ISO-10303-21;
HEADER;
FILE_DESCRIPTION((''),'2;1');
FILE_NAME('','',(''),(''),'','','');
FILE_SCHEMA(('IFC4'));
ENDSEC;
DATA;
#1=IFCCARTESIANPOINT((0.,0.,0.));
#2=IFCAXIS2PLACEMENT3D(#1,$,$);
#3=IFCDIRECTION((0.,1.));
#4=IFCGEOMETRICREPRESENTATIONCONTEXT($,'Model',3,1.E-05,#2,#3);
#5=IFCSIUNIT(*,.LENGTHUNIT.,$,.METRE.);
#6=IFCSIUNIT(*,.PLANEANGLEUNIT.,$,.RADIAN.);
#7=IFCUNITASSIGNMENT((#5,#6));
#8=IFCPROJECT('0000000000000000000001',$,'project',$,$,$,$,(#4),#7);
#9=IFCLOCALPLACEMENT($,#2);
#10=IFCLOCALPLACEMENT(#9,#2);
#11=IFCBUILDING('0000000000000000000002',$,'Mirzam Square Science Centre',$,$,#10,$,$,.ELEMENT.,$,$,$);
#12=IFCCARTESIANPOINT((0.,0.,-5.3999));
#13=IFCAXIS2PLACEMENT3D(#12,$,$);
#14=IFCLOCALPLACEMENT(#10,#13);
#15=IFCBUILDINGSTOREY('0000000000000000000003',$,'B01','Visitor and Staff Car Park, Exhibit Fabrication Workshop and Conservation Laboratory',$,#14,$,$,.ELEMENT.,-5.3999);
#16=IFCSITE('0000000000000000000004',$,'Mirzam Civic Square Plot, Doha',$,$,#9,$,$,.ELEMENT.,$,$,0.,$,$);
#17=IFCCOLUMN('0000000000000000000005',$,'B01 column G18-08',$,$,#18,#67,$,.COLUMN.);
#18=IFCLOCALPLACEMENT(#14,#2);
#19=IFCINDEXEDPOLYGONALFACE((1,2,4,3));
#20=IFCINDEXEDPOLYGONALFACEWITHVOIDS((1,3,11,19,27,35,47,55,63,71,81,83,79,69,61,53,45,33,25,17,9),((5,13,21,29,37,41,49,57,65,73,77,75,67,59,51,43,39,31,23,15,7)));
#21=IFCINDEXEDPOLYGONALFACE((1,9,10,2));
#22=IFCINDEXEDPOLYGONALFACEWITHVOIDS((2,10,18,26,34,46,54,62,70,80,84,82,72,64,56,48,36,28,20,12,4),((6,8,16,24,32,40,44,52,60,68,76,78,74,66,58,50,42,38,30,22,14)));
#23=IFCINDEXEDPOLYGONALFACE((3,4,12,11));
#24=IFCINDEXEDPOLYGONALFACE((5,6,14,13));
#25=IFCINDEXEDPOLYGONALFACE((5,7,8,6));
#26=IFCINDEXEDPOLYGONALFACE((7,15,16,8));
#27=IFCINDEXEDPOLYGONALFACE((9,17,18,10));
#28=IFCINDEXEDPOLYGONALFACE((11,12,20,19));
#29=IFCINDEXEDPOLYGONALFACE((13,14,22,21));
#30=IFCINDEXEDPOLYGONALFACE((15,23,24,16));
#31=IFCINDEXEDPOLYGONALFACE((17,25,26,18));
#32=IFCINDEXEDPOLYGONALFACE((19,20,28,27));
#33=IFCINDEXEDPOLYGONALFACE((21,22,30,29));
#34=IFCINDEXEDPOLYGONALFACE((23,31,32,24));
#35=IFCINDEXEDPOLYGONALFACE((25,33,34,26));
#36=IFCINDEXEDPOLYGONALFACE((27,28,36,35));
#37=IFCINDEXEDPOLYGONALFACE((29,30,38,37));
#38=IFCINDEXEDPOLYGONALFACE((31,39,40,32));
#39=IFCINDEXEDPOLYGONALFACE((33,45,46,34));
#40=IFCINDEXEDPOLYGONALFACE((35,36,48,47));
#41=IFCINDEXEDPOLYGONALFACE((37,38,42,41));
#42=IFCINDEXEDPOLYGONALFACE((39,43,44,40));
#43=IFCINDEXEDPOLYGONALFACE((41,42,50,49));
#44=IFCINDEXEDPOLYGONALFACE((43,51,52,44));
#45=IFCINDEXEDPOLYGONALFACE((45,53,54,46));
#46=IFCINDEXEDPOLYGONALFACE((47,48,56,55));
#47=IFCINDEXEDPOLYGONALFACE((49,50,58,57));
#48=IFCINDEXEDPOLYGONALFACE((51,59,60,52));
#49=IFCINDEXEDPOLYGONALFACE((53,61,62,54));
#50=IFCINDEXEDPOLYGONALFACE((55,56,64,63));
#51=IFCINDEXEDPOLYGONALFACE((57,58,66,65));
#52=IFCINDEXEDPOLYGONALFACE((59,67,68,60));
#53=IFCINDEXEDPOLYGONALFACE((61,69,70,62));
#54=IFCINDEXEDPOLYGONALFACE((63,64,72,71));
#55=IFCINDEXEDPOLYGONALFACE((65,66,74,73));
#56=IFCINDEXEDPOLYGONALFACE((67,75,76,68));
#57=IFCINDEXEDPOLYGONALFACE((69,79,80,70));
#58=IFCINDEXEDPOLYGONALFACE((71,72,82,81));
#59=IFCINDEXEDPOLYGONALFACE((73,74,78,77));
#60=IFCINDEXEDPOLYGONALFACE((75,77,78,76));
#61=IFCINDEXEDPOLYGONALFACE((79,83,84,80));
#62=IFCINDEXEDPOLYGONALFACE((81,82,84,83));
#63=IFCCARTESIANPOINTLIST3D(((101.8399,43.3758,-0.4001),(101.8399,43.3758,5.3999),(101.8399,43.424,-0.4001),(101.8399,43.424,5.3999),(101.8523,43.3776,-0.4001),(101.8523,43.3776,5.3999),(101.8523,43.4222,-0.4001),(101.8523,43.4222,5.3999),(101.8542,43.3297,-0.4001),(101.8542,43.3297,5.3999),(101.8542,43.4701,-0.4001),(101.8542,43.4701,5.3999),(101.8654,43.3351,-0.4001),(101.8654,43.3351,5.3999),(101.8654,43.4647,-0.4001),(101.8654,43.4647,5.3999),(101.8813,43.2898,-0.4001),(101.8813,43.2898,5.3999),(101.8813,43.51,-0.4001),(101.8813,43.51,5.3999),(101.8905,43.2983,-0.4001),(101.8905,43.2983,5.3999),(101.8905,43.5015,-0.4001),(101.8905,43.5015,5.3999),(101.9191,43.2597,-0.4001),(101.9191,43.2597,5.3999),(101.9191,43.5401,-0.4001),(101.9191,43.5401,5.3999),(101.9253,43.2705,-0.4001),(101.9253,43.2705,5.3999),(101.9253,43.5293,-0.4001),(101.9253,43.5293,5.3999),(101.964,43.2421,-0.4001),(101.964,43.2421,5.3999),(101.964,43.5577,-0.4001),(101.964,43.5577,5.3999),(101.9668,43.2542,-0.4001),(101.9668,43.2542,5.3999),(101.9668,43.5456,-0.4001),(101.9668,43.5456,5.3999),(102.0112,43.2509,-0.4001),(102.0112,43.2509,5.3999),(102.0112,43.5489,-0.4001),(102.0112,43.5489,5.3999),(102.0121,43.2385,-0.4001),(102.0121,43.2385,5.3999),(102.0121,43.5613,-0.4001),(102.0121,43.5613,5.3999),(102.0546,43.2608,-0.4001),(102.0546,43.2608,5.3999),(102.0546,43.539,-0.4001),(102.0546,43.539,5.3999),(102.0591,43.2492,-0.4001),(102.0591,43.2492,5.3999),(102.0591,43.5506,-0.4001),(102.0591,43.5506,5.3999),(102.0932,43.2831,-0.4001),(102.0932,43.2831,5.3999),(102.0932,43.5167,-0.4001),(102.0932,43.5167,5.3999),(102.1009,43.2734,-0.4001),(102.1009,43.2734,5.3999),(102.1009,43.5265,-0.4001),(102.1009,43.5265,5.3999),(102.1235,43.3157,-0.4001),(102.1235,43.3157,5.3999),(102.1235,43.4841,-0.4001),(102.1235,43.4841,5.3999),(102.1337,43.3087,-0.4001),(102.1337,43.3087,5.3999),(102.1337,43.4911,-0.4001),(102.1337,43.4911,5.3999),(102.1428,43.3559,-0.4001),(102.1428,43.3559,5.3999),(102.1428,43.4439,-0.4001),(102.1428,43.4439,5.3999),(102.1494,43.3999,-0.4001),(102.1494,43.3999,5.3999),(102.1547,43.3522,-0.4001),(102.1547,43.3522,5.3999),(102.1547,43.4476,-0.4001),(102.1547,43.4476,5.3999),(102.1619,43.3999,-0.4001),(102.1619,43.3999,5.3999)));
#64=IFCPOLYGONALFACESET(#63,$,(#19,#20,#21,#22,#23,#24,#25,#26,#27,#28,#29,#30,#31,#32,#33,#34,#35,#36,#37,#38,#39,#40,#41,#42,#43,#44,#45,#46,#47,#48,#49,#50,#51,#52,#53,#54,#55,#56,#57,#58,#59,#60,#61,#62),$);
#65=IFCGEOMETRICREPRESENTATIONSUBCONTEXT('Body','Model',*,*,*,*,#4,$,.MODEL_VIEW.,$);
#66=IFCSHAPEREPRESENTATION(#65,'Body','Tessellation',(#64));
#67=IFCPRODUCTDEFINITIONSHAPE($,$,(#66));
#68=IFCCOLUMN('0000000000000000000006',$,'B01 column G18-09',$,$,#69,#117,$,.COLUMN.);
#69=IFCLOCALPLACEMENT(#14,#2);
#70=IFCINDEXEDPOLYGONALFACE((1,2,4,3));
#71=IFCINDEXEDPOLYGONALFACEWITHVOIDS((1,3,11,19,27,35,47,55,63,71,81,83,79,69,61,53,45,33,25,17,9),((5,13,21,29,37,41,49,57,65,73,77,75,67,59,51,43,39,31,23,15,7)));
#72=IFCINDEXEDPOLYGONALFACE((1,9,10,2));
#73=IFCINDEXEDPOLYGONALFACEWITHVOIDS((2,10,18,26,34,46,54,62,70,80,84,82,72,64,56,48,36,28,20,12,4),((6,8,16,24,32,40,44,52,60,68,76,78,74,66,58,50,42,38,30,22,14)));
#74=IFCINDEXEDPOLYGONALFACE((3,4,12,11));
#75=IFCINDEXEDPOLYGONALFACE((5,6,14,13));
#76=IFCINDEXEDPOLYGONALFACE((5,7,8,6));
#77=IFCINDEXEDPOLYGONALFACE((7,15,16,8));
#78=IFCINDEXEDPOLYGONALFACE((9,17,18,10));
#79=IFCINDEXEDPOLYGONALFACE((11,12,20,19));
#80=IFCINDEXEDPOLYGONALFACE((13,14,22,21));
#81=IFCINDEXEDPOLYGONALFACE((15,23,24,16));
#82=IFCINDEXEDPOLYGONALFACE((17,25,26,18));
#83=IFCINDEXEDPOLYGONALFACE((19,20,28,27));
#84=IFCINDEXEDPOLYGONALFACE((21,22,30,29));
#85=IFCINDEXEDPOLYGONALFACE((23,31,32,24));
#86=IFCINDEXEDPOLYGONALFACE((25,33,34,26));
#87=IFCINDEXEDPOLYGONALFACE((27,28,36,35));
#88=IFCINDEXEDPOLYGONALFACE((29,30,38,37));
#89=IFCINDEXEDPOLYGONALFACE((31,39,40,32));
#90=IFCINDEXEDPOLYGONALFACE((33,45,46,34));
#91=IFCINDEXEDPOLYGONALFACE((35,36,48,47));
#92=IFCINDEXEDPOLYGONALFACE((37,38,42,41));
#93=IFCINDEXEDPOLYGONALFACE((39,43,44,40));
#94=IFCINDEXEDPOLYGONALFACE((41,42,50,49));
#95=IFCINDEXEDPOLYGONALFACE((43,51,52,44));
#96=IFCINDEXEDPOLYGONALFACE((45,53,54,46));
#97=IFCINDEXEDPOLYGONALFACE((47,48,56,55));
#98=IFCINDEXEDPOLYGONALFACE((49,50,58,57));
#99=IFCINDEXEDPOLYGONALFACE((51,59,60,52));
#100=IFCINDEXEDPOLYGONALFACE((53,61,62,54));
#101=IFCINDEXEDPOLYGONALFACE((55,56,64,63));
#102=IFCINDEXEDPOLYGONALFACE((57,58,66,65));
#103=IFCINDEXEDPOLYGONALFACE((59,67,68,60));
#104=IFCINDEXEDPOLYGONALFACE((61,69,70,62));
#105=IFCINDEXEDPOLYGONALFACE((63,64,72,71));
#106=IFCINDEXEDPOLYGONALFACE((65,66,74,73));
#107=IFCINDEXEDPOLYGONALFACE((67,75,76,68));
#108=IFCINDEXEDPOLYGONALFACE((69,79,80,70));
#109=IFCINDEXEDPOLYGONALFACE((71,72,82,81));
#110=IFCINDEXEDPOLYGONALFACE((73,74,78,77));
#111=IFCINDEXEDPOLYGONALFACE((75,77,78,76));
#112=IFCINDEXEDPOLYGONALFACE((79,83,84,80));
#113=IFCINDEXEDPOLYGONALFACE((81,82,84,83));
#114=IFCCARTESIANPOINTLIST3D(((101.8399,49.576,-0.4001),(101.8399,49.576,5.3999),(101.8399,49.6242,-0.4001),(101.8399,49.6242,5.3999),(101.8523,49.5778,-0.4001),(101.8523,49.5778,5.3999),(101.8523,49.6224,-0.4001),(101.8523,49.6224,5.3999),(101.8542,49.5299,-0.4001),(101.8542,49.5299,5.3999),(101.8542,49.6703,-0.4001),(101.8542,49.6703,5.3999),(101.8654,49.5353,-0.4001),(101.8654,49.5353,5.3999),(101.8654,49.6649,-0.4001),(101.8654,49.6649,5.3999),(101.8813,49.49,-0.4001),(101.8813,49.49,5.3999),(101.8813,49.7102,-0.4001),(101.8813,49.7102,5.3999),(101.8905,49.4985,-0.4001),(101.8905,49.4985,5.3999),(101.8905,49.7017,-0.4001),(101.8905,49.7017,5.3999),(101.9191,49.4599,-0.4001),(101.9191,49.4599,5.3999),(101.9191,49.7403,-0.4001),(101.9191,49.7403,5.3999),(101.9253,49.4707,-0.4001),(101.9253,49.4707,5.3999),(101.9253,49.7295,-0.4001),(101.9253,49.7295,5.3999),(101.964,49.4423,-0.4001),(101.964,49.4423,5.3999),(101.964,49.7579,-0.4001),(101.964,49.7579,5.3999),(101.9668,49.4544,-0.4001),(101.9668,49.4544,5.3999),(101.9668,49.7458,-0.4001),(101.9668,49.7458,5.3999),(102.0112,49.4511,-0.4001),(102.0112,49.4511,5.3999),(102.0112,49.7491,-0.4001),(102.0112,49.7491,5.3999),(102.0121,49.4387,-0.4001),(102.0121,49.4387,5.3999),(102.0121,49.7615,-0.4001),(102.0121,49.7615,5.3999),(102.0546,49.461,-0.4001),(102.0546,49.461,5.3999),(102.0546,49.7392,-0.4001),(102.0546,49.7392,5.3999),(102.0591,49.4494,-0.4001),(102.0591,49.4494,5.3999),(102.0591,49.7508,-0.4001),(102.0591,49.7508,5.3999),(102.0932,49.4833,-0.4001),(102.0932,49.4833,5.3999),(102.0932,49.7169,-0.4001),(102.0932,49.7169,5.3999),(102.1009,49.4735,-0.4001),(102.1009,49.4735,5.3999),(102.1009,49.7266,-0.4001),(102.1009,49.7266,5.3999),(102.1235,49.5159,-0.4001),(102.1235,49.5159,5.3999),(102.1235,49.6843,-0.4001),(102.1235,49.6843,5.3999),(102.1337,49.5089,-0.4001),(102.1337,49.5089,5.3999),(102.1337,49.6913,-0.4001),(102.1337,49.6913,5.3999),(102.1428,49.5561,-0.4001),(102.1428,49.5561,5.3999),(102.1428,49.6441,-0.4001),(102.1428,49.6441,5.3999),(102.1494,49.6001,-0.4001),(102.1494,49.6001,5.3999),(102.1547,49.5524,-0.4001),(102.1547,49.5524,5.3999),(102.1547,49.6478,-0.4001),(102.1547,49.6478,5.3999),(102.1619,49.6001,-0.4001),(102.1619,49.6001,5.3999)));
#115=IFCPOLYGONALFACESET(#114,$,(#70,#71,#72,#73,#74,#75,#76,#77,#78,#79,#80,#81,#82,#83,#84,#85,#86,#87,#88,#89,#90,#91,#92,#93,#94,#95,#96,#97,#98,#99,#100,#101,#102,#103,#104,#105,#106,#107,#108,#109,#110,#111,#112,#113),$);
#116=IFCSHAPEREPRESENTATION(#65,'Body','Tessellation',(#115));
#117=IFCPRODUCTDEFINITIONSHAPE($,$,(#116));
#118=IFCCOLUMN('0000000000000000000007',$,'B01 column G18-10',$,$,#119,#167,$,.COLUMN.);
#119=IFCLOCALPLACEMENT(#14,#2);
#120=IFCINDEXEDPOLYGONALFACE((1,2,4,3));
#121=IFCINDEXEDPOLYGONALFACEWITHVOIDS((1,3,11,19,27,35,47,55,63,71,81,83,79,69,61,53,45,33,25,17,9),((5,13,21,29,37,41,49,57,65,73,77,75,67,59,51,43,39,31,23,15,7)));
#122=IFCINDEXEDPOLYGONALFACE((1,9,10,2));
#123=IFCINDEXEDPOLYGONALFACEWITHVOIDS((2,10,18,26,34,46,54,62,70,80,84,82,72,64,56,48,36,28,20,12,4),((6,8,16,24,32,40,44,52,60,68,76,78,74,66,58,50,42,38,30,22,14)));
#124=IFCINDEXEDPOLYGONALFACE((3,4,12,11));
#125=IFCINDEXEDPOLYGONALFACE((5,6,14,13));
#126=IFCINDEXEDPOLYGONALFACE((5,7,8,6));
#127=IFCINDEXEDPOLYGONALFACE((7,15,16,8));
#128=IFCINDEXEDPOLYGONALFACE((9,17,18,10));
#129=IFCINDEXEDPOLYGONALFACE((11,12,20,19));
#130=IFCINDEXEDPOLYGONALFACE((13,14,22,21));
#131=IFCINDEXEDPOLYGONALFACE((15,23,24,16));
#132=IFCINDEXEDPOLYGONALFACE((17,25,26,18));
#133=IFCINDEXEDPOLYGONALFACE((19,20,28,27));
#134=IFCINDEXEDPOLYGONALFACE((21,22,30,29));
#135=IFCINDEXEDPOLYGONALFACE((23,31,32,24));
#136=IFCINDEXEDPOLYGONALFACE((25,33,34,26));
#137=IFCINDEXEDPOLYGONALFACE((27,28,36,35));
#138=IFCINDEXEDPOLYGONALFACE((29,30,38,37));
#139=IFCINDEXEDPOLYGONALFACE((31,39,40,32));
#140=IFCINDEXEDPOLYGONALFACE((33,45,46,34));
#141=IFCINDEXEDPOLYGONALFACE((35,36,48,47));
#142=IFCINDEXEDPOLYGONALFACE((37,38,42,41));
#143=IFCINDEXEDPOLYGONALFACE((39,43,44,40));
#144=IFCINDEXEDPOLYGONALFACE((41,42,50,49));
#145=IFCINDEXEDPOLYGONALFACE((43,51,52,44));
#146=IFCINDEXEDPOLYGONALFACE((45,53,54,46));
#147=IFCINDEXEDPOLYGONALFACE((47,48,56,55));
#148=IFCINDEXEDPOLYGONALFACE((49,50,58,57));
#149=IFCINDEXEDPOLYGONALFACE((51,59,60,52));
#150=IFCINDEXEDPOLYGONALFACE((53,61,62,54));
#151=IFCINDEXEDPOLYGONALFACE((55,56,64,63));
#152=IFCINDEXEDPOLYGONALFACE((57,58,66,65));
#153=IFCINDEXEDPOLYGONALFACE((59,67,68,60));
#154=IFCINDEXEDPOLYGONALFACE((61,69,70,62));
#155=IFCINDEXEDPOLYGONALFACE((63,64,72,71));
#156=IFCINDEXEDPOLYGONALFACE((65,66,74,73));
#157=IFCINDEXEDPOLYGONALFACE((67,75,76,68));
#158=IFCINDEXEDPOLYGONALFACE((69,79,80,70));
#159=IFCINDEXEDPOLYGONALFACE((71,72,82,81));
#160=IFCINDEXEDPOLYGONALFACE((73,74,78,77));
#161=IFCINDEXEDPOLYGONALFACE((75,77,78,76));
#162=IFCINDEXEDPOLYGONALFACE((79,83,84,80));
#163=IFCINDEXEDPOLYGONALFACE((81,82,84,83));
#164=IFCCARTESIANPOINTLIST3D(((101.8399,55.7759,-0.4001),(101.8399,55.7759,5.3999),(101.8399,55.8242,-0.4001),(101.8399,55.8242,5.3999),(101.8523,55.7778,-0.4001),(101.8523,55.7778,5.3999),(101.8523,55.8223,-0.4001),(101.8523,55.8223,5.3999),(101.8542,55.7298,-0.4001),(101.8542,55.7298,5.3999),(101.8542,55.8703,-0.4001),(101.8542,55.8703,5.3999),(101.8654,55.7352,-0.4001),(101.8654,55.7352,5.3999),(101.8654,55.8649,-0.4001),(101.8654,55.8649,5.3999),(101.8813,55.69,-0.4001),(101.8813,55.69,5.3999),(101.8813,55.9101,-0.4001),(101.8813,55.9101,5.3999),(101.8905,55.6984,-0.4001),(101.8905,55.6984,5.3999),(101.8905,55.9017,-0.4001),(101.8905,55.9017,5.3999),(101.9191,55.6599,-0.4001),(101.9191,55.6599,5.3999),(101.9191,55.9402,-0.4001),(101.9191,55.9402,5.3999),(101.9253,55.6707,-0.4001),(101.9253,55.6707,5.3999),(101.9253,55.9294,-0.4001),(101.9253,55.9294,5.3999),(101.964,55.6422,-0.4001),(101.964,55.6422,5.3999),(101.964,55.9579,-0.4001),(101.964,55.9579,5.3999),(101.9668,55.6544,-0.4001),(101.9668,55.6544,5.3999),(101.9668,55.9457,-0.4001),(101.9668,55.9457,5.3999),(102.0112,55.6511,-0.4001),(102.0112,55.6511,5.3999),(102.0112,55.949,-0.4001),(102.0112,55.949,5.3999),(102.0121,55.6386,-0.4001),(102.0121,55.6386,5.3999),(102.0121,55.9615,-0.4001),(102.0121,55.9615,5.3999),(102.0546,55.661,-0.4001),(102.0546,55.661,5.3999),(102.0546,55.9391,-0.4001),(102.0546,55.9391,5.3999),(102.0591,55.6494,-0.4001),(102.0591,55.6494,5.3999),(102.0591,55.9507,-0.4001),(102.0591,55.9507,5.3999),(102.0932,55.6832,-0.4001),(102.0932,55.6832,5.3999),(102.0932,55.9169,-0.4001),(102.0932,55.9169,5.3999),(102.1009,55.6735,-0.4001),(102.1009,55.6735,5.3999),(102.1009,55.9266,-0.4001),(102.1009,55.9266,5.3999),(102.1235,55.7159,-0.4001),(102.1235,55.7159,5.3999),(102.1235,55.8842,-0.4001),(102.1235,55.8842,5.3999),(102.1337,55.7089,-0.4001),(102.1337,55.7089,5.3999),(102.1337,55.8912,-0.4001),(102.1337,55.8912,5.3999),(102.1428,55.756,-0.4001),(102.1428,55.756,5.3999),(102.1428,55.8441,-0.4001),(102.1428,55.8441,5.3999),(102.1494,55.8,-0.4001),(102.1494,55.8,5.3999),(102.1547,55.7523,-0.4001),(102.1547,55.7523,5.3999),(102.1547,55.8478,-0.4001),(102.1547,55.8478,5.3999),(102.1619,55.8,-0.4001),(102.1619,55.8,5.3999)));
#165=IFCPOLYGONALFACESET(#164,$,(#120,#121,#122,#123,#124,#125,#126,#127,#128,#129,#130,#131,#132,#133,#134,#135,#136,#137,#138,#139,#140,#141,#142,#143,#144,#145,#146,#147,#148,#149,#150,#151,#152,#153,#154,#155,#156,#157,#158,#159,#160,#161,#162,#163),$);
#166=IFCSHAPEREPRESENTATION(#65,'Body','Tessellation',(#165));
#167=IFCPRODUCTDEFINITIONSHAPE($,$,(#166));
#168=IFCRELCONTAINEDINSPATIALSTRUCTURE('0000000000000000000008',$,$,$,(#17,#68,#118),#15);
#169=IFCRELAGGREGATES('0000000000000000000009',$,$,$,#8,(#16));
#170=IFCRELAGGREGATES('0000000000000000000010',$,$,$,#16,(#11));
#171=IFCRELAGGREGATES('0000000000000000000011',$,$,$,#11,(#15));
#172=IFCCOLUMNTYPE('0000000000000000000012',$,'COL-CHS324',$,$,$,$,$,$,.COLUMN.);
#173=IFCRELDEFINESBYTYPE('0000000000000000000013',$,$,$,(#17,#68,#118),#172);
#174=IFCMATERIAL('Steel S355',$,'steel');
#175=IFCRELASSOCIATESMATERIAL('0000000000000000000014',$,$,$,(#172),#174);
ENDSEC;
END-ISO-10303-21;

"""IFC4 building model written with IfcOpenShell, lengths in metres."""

from ifc_helpers import new_model, si_unit, direction, frame, origin, origin_2d, place, context, subcontext, project, spatial, hollow_circle, extrude, material, material_profile, profile_set, type_object, element, save


model = new_model("IFC4")

# Units and contexts
model_context = context("Model", 3, precision=1e-05, world=origin(), true_north=direction((0.0, 1.0)))
body_context = subcontext(model_context, "Body", "Model", "MODEL_VIEW")
ifc_project = project(units=[si_unit("LENGTHUNIT", "METRE"), si_unit("PLANEANGLEUNIT", "RADIAN")], contexts=[model_context])

# Site, building, storey
site_placement = place(None, origin())
site = spatial("IfcSite", under=ifc_project, at=site_placement, Name="Mirzam Civic Square Plot, Doha", CompositionType="ELEMENT", RefElevation=0.0)
building_placement = place(site_placement, origin())
building = spatial("IfcBuilding", under=site, at=building_placement, Name="Mirzam Square Science Centre", CompositionType="ELEMENT")
storey_placement = place(building_placement, frame((0.0, 0.0, -5.3999)))
storey = spatial("IfcBuildingStorey", under=building, at=storey_placement, Name="B01", Description="Visitor and Staff Car Park, Exhibit Fabrication Workshop and Conservation Laboratory", CompositionType="ELEMENT", Elevation=-5.3999)

# Columns
ifc_material_1 = material(Name="Steel S355", Category="steel")
ifc_material_profile_1 = material_profile(ifc_material_1, hollow_circle(Radius=0.1619, WallThickness=0.0125, at=origin_2d()), Name="323.9x12.5CHS")
ifc_profile_set_1 = profile_set([ifc_material_profile_1], Name="Steel S355")
column_type_1 = type_object("IfcColumnType", Name="COL-CHS324", PredefinedType="COLUMN", material=ifc_profile_set_1)
for number, where, z_axis, x_axis, name in (
    (1, (102.0, 43.3999, -0.4001), (0.0, 0.0, 1.0), (1.0, 0.0, 0.0), "B01 column G18-08"),
    (2, (102.0, 49.6001, -0.4001), (0.0, 0.0, 1.0), (1.0, 0.0, 0.0), "B01 column G18-09"),
    (3, (102.0, 55.8, -0.4001), (0.0, 0.0, 1.0), (1.0, 0.0, 0.0), "B01 column G18-10"),
):
    element("IfcColumn", number, at=place(storey_placement, frame(where, z_axis=z_axis, x_axis=x_axis)), inside=storey, type_object=column_type_1, Name=name, PredefinedType="COLUMN", context=body_context, shape_type="SweptSolid", body=[
        extrude(hollow_circle(Radius=0.1619, WallThickness=0.0125, at=origin_2d()), origin(), (0.0, 0.0, 1.0), 5.8),
    ])

save(model, "model.ifc")
